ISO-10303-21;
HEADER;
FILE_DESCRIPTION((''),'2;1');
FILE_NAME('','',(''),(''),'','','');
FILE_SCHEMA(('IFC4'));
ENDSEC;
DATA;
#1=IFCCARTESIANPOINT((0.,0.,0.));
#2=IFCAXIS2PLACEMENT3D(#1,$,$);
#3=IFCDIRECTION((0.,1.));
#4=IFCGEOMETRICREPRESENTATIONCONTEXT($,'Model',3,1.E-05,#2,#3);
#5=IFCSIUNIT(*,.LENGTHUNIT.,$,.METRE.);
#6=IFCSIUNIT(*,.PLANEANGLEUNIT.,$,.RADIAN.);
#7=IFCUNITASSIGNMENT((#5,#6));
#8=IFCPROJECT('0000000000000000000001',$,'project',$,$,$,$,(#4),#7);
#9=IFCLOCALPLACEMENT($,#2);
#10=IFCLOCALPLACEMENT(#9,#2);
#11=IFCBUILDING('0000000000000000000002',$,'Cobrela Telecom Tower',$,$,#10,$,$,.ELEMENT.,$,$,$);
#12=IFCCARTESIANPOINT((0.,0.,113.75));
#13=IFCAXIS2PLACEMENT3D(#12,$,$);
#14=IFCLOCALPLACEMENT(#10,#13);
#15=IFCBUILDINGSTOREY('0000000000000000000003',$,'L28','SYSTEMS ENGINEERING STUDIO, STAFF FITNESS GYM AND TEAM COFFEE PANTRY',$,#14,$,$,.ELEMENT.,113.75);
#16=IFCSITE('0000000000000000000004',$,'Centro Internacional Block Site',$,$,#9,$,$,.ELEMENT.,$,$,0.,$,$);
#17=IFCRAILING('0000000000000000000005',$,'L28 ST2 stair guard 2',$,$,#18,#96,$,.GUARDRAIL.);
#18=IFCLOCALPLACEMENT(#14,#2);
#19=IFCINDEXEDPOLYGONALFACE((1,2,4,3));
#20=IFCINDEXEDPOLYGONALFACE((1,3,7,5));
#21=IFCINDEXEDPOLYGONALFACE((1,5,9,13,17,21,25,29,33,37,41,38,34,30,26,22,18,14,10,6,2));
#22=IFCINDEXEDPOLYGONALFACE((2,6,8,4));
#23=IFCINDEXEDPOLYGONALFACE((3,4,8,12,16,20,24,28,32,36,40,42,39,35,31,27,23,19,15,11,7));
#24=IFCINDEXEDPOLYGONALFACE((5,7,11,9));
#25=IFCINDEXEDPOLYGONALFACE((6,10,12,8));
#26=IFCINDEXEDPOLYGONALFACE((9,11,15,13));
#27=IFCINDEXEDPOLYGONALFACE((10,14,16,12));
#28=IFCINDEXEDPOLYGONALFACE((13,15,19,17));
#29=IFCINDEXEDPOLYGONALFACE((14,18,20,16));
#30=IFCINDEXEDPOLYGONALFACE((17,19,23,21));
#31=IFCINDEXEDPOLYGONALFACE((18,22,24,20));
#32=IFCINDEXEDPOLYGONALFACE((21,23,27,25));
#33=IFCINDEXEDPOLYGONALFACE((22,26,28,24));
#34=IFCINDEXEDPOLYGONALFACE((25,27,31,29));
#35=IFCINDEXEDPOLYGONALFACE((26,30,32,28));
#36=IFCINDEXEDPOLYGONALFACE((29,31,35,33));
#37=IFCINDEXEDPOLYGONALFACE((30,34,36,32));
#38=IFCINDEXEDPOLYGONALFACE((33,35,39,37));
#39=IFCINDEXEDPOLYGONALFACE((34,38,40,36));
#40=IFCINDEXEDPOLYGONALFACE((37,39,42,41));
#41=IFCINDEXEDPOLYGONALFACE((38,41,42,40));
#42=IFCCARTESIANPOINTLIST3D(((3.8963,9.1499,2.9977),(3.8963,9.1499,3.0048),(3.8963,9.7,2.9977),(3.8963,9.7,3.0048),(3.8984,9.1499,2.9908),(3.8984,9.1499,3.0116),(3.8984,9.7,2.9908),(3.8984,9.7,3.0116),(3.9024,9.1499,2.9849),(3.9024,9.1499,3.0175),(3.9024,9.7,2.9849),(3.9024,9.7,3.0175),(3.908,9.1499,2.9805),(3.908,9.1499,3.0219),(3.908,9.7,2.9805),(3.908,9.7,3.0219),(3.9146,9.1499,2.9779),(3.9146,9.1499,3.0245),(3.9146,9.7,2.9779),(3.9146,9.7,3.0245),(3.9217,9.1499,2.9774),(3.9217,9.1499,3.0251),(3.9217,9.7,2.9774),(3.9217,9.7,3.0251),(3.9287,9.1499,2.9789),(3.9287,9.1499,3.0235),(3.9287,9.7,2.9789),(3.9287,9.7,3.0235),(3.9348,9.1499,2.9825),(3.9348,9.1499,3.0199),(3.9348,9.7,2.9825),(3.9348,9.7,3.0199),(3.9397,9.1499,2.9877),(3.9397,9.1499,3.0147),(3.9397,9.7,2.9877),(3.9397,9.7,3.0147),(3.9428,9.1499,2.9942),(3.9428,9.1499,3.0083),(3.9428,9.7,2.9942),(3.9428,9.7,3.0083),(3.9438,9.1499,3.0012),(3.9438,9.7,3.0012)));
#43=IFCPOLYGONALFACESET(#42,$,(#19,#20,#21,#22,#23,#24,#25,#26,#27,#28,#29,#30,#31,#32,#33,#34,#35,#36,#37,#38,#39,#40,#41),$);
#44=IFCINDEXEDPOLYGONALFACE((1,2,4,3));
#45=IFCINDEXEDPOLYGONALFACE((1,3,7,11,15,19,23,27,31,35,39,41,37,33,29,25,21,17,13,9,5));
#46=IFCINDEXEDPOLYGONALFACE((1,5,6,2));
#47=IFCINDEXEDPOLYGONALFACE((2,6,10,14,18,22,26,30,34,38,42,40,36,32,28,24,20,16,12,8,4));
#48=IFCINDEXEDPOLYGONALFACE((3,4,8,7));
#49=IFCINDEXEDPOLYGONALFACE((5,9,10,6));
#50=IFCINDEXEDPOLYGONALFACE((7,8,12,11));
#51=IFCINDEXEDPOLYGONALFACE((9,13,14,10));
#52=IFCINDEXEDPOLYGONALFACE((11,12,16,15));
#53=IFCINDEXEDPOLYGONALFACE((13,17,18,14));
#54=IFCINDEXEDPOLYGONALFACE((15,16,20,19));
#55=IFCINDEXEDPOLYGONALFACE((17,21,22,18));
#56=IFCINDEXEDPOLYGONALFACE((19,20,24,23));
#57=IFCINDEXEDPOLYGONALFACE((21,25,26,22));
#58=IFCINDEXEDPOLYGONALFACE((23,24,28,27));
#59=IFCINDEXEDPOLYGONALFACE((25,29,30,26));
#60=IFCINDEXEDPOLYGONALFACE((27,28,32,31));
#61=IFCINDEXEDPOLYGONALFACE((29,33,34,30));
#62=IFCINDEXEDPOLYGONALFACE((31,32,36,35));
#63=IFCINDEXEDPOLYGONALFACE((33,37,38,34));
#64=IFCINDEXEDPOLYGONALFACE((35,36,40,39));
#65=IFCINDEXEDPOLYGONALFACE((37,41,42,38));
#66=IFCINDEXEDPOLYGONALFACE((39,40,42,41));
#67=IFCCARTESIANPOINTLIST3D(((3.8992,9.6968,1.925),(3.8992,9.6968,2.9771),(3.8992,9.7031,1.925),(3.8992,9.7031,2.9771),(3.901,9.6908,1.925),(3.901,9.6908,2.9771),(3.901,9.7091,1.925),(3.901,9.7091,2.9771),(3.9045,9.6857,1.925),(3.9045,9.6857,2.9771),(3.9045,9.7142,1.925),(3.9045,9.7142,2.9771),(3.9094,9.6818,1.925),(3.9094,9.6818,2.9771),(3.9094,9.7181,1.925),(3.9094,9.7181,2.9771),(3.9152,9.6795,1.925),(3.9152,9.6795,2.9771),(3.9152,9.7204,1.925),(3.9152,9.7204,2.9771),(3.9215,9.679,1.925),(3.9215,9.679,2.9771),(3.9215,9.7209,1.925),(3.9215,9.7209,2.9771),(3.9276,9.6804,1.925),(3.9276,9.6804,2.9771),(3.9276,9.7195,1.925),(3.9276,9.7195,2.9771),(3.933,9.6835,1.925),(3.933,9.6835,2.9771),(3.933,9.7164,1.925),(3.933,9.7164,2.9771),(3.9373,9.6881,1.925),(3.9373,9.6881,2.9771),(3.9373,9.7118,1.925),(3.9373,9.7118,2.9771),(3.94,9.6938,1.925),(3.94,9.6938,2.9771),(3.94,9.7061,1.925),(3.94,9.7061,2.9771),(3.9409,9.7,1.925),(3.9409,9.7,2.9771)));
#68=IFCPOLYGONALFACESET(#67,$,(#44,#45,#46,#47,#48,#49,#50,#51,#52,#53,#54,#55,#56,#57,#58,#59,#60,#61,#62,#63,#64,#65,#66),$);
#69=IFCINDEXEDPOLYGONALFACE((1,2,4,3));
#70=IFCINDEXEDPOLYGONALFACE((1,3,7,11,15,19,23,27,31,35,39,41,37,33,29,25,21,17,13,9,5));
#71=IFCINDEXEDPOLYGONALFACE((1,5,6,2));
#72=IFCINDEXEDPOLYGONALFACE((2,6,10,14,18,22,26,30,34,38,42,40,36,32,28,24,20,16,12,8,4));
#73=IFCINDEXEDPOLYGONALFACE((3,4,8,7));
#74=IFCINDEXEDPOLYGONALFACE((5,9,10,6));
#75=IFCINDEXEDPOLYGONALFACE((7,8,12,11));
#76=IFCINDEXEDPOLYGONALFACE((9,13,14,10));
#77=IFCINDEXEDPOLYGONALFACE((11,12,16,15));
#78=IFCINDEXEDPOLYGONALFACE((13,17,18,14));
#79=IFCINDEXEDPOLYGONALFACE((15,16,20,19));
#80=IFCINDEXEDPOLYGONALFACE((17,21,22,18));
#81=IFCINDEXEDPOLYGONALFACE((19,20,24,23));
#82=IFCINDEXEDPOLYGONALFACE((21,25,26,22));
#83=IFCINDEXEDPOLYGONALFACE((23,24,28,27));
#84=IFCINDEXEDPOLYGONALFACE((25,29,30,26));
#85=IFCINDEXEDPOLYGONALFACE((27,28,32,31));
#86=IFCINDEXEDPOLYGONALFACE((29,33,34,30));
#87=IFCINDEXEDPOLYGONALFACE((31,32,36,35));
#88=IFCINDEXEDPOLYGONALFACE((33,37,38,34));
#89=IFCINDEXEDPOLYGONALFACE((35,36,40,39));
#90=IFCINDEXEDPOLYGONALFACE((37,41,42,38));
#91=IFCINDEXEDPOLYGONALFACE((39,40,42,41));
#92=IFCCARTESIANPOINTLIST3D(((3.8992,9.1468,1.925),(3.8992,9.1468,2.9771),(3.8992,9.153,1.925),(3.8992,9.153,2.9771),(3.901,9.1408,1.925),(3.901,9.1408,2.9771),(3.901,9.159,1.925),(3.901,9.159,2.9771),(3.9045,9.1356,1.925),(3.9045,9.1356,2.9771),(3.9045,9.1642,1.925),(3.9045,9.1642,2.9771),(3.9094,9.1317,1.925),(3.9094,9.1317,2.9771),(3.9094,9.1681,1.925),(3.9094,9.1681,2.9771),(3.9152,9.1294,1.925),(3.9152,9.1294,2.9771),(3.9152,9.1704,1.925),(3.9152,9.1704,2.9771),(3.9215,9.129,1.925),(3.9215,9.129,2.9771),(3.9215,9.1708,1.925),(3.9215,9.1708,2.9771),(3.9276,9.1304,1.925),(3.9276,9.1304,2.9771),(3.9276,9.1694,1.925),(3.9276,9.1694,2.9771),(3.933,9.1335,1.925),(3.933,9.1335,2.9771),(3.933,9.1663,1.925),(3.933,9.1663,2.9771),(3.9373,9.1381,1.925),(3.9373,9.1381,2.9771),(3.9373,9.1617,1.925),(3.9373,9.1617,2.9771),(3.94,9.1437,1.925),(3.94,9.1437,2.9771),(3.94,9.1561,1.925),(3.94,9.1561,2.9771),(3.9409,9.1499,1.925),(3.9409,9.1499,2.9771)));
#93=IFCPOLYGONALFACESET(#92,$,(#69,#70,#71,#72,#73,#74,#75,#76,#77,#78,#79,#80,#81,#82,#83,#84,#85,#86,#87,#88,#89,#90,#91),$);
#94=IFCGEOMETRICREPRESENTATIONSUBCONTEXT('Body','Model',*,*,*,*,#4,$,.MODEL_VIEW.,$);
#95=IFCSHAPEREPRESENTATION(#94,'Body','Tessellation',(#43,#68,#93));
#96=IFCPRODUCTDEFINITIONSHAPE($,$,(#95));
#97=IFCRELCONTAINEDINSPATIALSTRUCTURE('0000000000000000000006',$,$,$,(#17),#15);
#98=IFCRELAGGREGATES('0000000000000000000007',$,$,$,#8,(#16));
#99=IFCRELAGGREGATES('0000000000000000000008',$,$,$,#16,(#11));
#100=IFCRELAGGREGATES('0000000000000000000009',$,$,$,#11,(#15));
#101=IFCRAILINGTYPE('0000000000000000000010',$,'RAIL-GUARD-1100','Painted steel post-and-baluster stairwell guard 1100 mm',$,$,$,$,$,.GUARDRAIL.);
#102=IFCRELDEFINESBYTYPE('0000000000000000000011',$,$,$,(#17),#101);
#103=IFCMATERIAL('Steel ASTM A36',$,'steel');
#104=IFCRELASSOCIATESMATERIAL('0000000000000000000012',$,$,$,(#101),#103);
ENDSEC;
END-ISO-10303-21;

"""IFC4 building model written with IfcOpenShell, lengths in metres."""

from ifc_helpers import new_model, si_unit, direction, frame, origin, origin_2d, place, context, subcontext, project, spatial, circle, extrude, material, type_object, element, save


model = new_model("IFC4")

# Units and contexts
model_context = context("Model", 3, precision=1e-05, world=origin(), true_north=direction((0.0, 1.0)))
body_context = subcontext(model_context, "Body", "Model", "MODEL_VIEW")
ifc_project = project(units=[si_unit("LENGTHUNIT", "METRE"), si_unit("PLANEANGLEUNIT", "RADIAN")], contexts=[model_context])

# Site, building, storey
site_placement = place(None, origin())
site = spatial("IfcSite", under=ifc_project, at=site_placement, Name="Centro Internacional Block Site", CompositionType="ELEMENT", RefElevation=0.0)
building_placement = place(site_placement, origin())
building = spatial("IfcBuilding", under=site, at=building_placement, Name="Cobrela Telecom Tower", CompositionType="ELEMENT")
storey_placement = place(building_placement, frame((0.0, 0.0, 113.75)))
storey = spatial("IfcBuildingStorey", under=building, at=storey_placement, Name="L28", Description="SYSTEMS ENGINEERING STUDIO, STAFF FITNESS GYM AND TEAM COFFEE PANTRY", CompositionType="ELEMENT", Elevation=113.75)

# Railing
ifc_material_1 = material(Name="Steel ASTM A36", Category="steel")
railing_type_1 = type_object("IfcRailingType", Name="RAIL-GUARD-1100", Description="Painted steel post-and-baluster stairwell guard 1100 mm", PredefinedType="GUARDRAIL", material=ifc_material_1)
railing_1_placement = place(storey_placement, frame((3.9199, 9.7, 1.925)))
element("IfcRailing", 1, at=railing_1_placement, inside=storey, type_object=railing_type_1, Name="L28 ST2 stair guard 2", PredefinedType="GUARDRAIL", context=body_context, shape_type="SweptSolid", body=[
    extrude(circle(Radius=0.0239, at=origin_2d()), frame((0.0, 0.0, 1.0762), z_axis=(0.0, -1.0, 0.0), x_axis=(1.0, 0.0, 0.0)), (0.0, 0.0, 1.0), 0.55),
    extrude(circle(Radius=0.021, at=origin_2d()), origin(), (0.0, 0.0, 1.0), 1.052),
    extrude(circle(Radius=0.021, at=origin_2d()), frame((0.0, -0.55, 0.0)), (0.0, 0.0, 1.0), 1.052),
])

save(model, "model.ifc")
